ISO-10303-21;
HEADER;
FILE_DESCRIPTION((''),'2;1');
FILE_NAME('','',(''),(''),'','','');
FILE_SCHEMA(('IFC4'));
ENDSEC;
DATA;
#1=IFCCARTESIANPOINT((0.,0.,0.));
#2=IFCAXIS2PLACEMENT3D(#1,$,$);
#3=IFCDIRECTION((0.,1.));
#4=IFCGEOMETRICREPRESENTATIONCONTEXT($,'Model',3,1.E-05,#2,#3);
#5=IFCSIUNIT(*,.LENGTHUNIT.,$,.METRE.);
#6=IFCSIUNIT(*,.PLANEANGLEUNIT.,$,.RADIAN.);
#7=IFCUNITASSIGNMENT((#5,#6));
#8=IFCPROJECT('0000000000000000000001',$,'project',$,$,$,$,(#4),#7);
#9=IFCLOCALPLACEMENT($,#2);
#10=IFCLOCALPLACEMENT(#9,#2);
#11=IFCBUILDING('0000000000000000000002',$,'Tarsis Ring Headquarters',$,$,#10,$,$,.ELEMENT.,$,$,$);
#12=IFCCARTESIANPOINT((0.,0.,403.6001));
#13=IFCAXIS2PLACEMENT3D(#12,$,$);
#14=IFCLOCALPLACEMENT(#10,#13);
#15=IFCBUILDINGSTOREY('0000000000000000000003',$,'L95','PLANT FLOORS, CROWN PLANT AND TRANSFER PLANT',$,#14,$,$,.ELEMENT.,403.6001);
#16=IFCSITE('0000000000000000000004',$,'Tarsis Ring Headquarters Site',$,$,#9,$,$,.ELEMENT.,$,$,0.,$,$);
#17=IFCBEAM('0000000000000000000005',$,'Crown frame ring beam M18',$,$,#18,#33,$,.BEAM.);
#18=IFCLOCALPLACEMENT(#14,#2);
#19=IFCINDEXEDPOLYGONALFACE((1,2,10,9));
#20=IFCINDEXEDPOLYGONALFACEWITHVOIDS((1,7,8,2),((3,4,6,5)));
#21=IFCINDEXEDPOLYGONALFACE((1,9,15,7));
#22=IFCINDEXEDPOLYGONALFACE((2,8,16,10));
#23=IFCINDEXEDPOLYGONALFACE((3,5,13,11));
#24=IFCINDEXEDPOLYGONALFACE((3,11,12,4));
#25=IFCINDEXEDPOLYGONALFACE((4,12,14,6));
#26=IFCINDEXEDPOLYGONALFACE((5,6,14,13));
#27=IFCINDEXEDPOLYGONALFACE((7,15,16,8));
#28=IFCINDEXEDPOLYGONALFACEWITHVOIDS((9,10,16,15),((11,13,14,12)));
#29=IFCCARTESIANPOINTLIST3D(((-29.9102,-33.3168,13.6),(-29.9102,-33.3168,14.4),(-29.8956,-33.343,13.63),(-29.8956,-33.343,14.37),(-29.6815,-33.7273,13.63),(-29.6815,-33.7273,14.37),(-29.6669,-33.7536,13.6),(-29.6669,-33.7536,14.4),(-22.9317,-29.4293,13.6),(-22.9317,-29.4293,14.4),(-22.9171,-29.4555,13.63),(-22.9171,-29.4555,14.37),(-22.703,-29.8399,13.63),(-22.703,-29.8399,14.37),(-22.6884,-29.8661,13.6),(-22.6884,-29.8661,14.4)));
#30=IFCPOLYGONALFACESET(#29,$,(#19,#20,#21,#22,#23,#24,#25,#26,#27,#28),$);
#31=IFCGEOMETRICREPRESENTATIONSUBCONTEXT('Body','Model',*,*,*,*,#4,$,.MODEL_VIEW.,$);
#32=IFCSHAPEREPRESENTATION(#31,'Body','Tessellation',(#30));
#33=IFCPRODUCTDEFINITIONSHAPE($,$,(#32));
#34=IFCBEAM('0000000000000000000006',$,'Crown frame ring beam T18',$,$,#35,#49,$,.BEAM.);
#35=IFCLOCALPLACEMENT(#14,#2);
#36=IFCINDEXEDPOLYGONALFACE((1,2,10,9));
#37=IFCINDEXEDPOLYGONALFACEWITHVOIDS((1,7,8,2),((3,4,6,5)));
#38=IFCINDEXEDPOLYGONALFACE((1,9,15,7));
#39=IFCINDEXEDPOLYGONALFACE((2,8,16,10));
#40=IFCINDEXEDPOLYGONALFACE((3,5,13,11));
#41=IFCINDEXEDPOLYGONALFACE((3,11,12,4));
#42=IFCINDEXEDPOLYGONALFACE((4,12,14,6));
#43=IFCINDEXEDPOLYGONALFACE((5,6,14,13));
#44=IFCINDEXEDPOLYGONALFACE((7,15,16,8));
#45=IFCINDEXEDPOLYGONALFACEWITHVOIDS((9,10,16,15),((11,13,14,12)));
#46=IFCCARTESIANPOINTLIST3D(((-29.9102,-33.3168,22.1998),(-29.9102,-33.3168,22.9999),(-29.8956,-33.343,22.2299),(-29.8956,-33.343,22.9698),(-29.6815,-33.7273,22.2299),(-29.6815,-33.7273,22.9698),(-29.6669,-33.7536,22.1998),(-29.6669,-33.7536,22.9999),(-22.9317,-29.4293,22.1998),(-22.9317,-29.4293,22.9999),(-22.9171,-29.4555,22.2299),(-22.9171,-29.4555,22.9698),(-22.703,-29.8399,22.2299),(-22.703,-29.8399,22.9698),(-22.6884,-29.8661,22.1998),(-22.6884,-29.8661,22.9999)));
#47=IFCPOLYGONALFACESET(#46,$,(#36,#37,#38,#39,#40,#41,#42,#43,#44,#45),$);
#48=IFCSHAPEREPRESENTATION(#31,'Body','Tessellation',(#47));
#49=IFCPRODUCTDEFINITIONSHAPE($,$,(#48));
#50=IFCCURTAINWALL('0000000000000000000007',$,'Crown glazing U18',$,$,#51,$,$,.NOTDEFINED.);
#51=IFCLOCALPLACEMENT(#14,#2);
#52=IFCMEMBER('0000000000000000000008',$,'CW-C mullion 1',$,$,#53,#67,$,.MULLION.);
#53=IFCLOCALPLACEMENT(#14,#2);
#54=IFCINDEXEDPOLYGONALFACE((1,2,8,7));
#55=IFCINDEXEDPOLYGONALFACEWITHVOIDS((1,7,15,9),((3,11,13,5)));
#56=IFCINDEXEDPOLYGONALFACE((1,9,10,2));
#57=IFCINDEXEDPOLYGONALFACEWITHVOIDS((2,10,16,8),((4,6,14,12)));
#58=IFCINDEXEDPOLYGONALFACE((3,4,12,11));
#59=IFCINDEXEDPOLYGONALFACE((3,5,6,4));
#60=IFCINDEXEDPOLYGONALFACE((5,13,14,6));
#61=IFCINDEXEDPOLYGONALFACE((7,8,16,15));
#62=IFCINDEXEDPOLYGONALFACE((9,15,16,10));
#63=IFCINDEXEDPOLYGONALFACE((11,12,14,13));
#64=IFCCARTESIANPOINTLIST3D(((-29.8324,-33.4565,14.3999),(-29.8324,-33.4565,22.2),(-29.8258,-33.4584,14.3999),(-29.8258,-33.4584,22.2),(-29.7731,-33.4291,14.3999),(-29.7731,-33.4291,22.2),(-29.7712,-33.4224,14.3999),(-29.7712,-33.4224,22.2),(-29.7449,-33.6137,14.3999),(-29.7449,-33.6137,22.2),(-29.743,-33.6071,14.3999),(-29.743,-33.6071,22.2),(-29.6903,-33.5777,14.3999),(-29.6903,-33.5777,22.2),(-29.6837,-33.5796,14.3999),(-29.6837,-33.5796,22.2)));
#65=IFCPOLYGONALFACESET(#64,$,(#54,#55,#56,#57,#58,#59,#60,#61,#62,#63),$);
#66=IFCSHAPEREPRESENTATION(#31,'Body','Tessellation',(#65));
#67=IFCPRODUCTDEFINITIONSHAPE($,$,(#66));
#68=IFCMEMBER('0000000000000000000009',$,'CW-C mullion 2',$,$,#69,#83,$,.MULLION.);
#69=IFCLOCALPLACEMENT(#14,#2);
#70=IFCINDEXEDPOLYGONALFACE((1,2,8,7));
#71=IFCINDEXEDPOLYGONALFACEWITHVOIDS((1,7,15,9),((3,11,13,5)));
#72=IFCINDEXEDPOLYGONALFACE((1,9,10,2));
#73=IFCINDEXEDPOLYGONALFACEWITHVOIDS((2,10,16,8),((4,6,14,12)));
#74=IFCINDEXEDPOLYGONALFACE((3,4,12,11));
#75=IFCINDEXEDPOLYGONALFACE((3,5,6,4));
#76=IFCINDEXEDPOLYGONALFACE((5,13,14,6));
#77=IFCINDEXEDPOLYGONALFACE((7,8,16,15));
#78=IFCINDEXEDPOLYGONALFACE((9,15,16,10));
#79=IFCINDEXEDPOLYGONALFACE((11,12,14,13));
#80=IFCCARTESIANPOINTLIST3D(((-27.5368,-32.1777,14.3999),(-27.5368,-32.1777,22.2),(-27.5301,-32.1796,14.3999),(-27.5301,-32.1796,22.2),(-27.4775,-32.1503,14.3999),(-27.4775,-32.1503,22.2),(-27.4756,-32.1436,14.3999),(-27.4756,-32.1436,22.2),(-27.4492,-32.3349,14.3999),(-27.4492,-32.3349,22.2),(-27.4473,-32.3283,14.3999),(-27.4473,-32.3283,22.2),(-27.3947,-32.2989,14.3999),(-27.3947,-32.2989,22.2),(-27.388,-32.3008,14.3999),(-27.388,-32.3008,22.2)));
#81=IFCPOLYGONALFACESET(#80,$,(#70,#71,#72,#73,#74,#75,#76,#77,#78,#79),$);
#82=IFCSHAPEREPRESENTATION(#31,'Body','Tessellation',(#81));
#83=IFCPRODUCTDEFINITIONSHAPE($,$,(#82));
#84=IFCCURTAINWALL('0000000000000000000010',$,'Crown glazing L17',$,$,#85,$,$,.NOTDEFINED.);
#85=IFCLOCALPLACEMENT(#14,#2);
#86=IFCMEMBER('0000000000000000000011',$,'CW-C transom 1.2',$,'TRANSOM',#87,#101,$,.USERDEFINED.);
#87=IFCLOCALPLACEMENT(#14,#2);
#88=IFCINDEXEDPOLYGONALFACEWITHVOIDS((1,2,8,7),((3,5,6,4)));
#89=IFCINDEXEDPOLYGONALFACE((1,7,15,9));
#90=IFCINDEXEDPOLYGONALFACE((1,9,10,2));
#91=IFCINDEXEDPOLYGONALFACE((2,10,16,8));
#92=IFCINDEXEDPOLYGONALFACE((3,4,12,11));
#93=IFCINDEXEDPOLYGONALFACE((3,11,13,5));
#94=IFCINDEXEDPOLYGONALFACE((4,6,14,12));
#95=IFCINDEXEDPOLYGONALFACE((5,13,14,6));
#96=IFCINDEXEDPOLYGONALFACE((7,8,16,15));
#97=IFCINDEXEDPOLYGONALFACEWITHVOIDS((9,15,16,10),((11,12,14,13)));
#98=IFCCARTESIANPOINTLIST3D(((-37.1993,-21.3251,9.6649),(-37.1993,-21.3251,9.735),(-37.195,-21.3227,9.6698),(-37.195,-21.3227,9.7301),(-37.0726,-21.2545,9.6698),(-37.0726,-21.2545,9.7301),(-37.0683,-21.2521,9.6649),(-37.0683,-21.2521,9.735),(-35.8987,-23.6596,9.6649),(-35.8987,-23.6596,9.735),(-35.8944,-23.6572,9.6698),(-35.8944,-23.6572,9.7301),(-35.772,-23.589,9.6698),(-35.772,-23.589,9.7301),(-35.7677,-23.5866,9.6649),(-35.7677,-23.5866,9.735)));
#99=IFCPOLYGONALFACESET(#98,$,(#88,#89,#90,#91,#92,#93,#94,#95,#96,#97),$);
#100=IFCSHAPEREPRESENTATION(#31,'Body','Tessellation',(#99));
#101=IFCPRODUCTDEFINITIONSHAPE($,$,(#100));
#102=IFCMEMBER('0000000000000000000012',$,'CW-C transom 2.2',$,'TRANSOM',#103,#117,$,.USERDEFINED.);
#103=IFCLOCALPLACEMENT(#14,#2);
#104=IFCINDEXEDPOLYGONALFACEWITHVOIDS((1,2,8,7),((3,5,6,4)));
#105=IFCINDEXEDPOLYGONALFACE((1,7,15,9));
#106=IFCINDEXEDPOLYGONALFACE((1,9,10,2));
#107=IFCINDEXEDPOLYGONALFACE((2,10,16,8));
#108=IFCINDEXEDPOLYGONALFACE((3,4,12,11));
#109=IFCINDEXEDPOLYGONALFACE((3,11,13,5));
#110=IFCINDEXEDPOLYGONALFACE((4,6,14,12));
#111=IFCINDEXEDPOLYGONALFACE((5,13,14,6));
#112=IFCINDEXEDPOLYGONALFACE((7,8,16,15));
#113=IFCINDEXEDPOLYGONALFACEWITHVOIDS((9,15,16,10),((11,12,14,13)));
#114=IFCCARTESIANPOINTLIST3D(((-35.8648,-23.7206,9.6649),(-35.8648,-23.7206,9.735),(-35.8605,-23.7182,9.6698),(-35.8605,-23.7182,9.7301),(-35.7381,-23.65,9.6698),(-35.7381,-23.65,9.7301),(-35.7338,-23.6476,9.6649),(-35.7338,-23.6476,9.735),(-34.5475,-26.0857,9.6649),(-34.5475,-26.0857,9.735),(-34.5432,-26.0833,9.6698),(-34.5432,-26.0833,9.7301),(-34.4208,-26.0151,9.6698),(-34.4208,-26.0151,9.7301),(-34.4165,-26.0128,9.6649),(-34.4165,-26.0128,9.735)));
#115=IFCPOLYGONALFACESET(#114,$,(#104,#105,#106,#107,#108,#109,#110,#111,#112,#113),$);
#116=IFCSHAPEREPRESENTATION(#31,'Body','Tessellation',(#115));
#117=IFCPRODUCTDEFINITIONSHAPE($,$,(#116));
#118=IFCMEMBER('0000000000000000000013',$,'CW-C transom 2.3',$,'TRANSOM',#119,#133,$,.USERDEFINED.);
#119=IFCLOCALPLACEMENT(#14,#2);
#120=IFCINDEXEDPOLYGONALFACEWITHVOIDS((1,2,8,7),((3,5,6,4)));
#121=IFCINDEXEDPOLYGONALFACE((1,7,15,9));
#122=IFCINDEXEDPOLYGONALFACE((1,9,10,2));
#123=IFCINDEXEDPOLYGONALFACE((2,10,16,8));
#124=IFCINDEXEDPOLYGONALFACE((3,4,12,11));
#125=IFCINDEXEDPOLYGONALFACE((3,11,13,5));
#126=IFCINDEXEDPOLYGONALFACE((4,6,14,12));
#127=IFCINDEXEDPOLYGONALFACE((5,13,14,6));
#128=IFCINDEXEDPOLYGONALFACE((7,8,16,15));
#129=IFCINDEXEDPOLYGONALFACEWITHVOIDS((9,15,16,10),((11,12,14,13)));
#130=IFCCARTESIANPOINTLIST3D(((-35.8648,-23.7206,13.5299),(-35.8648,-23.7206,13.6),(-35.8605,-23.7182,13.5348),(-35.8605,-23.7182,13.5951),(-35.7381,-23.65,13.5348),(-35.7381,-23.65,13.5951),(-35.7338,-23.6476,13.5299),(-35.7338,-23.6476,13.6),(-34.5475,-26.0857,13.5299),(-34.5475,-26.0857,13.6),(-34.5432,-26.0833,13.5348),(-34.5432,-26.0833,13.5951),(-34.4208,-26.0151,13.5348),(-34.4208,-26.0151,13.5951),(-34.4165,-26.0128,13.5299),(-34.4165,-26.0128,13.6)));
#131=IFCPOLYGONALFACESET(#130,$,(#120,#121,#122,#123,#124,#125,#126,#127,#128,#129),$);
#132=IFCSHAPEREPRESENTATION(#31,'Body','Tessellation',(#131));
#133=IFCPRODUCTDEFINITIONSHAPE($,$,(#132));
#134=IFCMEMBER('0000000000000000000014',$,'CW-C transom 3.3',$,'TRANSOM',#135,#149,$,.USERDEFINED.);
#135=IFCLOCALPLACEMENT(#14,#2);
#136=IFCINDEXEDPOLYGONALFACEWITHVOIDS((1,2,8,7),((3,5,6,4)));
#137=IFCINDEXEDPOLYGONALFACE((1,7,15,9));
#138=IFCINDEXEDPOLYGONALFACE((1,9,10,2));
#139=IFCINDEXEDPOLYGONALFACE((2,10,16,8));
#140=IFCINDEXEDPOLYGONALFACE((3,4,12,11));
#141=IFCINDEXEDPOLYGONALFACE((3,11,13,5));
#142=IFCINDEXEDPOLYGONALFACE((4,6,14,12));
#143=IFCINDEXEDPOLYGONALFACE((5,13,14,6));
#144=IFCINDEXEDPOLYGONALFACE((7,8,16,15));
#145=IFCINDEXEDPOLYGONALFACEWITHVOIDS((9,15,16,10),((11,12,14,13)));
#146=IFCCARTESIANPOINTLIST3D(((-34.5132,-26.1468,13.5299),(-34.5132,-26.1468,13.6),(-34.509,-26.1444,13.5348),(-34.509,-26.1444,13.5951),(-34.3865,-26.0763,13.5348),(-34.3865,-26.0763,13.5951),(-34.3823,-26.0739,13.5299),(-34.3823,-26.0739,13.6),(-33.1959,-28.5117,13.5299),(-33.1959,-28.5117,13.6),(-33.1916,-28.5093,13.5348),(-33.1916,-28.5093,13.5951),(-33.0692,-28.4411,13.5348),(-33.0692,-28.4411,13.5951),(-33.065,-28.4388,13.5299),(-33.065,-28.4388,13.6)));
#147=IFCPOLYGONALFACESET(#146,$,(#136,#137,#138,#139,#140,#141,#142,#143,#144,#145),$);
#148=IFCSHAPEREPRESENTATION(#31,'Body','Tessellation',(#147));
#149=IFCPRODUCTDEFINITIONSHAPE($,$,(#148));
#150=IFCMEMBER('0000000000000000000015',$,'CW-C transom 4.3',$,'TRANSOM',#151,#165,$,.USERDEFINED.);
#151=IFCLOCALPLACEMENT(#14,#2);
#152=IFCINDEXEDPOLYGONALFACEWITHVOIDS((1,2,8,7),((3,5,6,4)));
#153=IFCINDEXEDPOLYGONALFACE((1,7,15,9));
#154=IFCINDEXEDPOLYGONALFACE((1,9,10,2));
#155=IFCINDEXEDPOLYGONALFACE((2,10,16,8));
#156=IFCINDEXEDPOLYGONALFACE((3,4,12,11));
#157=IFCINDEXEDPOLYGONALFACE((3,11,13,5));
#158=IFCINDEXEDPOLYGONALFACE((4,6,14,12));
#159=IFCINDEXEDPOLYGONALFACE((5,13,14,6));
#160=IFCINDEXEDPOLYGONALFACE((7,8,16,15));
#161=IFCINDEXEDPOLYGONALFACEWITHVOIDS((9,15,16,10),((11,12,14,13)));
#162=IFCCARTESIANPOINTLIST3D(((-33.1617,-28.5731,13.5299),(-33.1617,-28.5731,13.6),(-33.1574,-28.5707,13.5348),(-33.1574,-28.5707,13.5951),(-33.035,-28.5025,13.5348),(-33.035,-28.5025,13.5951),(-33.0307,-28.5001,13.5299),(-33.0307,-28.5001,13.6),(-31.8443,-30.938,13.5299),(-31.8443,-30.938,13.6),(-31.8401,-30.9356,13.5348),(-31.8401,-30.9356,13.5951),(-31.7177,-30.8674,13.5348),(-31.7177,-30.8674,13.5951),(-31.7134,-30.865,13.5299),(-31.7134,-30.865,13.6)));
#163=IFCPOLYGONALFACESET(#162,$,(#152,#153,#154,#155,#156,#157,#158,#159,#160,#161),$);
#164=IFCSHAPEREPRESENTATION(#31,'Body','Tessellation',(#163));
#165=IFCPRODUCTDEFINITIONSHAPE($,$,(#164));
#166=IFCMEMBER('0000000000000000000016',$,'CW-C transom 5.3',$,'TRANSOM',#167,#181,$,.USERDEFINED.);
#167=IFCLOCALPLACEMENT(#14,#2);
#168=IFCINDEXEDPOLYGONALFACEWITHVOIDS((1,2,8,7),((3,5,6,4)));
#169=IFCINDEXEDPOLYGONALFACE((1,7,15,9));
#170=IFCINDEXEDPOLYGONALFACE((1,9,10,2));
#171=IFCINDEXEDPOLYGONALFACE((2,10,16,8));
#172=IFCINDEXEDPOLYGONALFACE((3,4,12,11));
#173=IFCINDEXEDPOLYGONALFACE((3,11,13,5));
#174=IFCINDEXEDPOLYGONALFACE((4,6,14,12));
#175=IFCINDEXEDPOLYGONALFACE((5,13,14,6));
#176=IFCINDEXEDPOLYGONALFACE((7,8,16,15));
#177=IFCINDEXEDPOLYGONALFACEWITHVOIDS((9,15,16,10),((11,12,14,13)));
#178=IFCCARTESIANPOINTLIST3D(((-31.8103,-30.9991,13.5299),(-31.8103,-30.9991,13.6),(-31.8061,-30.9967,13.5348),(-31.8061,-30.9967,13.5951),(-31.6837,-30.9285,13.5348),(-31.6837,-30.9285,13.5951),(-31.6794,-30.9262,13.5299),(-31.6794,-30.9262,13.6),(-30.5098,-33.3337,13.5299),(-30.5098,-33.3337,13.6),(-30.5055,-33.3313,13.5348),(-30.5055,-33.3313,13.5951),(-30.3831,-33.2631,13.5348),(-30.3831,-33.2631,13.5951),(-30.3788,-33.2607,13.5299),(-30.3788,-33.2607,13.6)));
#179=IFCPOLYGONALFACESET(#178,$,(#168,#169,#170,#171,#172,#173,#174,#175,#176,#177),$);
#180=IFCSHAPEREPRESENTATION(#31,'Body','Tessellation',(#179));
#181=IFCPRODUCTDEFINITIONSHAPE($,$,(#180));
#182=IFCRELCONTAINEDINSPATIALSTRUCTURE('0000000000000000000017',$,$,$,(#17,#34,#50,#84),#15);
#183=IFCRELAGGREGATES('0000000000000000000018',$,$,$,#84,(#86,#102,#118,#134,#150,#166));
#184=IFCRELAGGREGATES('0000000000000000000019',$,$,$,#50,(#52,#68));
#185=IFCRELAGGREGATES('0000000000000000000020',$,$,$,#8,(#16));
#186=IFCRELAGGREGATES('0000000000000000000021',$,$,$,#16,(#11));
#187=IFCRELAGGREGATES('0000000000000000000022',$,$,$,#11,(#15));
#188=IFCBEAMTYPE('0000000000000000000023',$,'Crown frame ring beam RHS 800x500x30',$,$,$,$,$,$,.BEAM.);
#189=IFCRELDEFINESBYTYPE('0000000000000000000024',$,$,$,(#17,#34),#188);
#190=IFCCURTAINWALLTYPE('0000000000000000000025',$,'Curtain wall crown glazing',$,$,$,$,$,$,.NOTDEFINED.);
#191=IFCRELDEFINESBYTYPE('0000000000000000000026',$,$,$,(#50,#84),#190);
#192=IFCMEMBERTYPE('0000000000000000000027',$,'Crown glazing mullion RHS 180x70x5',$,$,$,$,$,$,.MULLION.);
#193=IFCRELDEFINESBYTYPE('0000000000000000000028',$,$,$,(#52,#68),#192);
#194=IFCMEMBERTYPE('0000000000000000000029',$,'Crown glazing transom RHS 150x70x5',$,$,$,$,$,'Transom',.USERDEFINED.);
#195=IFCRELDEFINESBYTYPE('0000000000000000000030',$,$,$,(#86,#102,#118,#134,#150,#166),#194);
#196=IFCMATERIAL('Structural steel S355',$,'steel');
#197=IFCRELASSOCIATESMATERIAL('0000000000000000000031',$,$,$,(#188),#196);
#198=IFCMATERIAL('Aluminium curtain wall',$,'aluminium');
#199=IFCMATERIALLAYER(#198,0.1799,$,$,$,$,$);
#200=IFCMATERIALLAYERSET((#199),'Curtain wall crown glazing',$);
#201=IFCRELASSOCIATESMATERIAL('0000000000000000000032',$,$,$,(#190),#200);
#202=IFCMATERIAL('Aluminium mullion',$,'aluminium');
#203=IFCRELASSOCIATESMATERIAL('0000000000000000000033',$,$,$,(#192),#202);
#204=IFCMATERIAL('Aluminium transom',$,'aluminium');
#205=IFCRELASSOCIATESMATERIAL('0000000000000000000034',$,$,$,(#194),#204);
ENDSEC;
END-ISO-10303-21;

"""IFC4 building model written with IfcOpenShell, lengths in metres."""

from ifc_helpers import new_model, si_unit, direction, frame, origin, origin_2d, place, context, subcontext, project, spatial, hollow_rectangle, extrude, material, layer, layer_set, material_profile, profile_set, type_object, element, aggregate, save


model = new_model("IFC4")

# Units and contexts
model_context = context("Model", 3, precision=1e-05, world=origin(), true_north=direction((0.0, 1.0)))
body_context = subcontext(model_context, "Body", "Model", "MODEL_VIEW")
ifc_project = project(units=[si_unit("LENGTHUNIT", "METRE"), si_unit("PLANEANGLEUNIT", "RADIAN")], contexts=[model_context])

# Site, building, storey
site_placement = place(None, origin())
site = spatial("IfcSite", under=ifc_project, at=site_placement, Name="Tarsis Ring Headquarters Site", CompositionType="ELEMENT", RefElevation=0.0)
building_placement = place(site_placement, origin())
building = spatial("IfcBuilding", under=site, at=building_placement, Name="Tarsis Ring Headquarters", CompositionType="ELEMENT")
storey_placement = place(building_placement, frame((0.0, 0.0, 403.6001)))
storey = spatial("IfcBuildingStorey", under=building, at=storey_placement, Name="L95", Description="PLANT FLOORS, CROWN PLANT AND TRANSFER PLANT", CompositionType="ELEMENT", Elevation=403.6001)

# Beams
ifc_material_1 = material(Name="Structural steel S355", Category="steel")
ifc_material_profile_1 = material_profile(ifc_material_1, hollow_rectangle(XDim=0.5, YDim=0.8, WallThickness=0.03, at=origin_2d()), Name="RHS 800x500x30")
ifc_profile_set_1 = profile_set([ifc_material_profile_1], Name="Structural steel S355")
beam_type = type_object("IfcBeamType", Name="Crown frame ring beam RHS 800x500x30", PredefinedType="BEAM", material=ifc_profile_set_1)
for number, where, z_axis, x_axis, name in (
    (1, (-29.7886, -33.5352, 14.0), (0.873599, 0.486647, 0.0), (-0.486647, 0.873599, 0.0), "Crown frame ring beam M18"),
    (2, (-29.7886, -33.5352, 22.5999), (0.873599, 0.486647, 0.0), (-0.486647, 0.873599, 0.0), "Crown frame ring beam T18"),
):
    element("IfcBeam", number, at=place(storey_placement, frame(where, z_axis=z_axis, x_axis=x_axis)), inside=storey, type_object=beam_type, Name=name, PredefinedType="BEAM", context=body_context, shape_type="SweptSolid", body=[
        extrude(hollow_rectangle(XDim=0.5, YDim=0.8, WallThickness=0.03, at=origin_2d()), origin(), (0.0, 0.0, 1.0), 7.9883),
    ])

# Curtain walls, members
ifc_material_2 = material(Name="Aluminium curtain wall", Category="aluminium")
ifc_layer_1 = layer(ifc_material_2, 0.1799)
ifc_layer_set_1 = layer_set([ifc_layer_1], Name="Curtain wall crown glazing")
curtain_wall_type = type_object("IfcCurtainWallType", Name="Curtain wall crown glazing", PredefinedType="NOTDEFINED", material=ifc_layer_set_1)
curtain_wall_1_placement = place(storey_placement, origin())
curtain_wall_1 = element("IfcCurtainWall", 3, at=curtain_wall_1_placement, inside=storey, type_object=curtain_wall_type, Name="Crown glazing U18", PredefinedType="NOTDEFINED")
ifc_material_3 = material(Name="Aluminium mullion", Category="aluminium")
ifc_material_profile_2 = material_profile(ifc_material_3, hollow_rectangle(XDim=0.1799, YDim=0.0701, WallThickness=0.0049, at=origin_2d()), Name="RHS 180x70x5")
ifc_profile_set_2 = profile_set([ifc_material_profile_2], Name="Aluminium mullion")
member_type_1 = type_object("IfcMemberType", Name="Crown glazing mullion RHS 180x70x5", PredefinedType="MULLION", material=ifc_profile_set_2)
member_1_placement = place(storey_placement, frame((-29.7581, -33.5181, 14.3999), z_axis=(0.0, 0.0, 1.0), x_axis=(-0.48664, 0.873602, 0.0)))
member_1 = element("IfcMember", 4, at=member_1_placement, type_object=member_type_1, Name="CW-C mullion 1", PredefinedType="MULLION", context=body_context, shape_type="SweptSolid", body=[
    extrude(hollow_rectangle(XDim=0.1799, YDim=0.0701, WallThickness=0.0049, at=origin_2d()), origin(), (0.0, 0.0, 1.0), 7.8),
])
member_2_placement = place(storey_placement, frame((-27.4624, -32.2393, 14.3999), z_axis=(0.0, 0.0, 1.0), x_axis=(-0.48664, 0.873602, 0.0)))
member_2 = element("IfcMember", 5, at=member_2_placement, type_object=member_type_1, Name="CW-C mullion 2", PredefinedType="MULLION", context=body_context, shape_type="SweptSolid", body=[
    extrude(hollow_rectangle(XDim=0.1799, YDim=0.0701, WallThickness=0.0049, at=origin_2d()), origin(), (0.0, 0.0, 1.0), 7.8),
])
curtain_wall_2_placement = place(storey_placement, origin())
curtain_wall_2 = element("IfcCurtainWall", 6, at=curtain_wall_2_placement, inside=storey, type_object=curtain_wall_type, Name="Crown glazing L17", PredefinedType="NOTDEFINED")
ifc_material_4 = material(Name="Aluminium transom", Category="aluminium")
ifc_material_profile_3 = material_profile(ifc_material_4, hollow_rectangle(XDim=0.1499, YDim=0.0701, WallThickness=0.0049, at=origin_2d()), Name="RHS 150x70x5")
ifc_profile_set_3 = profile_set([ifc_material_profile_3], Name="Aluminium transom")
member_type_2 = type_object("IfcMemberType", Name="Crown glazing transom RHS 150x70x5", ElementType="Transom", PredefinedType="USERDEFINED", material=ifc_profile_set_3)
member_3_placement = place(storey_placement, frame((-37.1338, -21.2886, 9.7), z_axis=(0.486674, -0.873584, 0.0), x_axis=(0.873584, 0.486674, 0.0)))
member_3 = element("IfcMember", 7, at=member_3_placement, type_object=member_type_2, Name="CW-C transom 1.2", ObjectType="TRANSOM", PredefinedType="USERDEFINED", context=body_context, shape_type="SweptSolid", body=[
    extrude(hollow_rectangle(XDim=0.1499, YDim=0.0701, WallThickness=0.0049, at=origin_2d()), origin(), (0.0, 0.0, 1.0), 2.6724),
])
member_4_placement = place(storey_placement, frame((-35.7993, -23.6841, 9.7), z_axis=(0.486592, -0.873629, 0.0), x_axis=(0.873629, 0.486592, 0.0)))
member_4 = element("IfcMember", 8, at=member_4_placement, type_object=member_type_2, Name="CW-C transom 2.2", ObjectType="TRANSOM", PredefinedType="USERDEFINED", context=body_context, shape_type="SweptSolid", body=[
    extrude(hollow_rectangle(XDim=0.1499, YDim=0.0701, WallThickness=0.0049, at=origin_2d()), origin(), (0.0, 0.0, 1.0), 2.7073),
])
member_5_placement = place(storey_placement, frame((-35.7993, -23.6841, 13.5649), z_axis=(0.486592, -0.873629, 0.0), x_axis=(0.873629, 0.486592, 0.0)))
member_5 = element("IfcMember", 9, at=member_5_placement, type_object=member_type_2, Name="CW-C transom 2.3", ObjectType="TRANSOM", PredefinedType="USERDEFINED", context=body_context, shape_type="SweptSolid", body=[
    extrude(hollow_rectangle(XDim=0.1499, YDim=0.0701, WallThickness=0.0049, at=origin_2d()), origin(), (0.0, 0.0, 1.0), 2.7073),
])
member_6_placement = place(storey_placement, frame((-34.4478, -26.1104, 13.5649), z_axis=(0.48663, -0.873608, 0.0), x_axis=(0.873608, 0.48663, 0.0)))
member_6 = element("IfcMember", 10, at=member_6_placement, type_object=member_type_2, Name="CW-C transom 3.3", ObjectType="TRANSOM", PredefinedType="USERDEFINED", context=body_context, shape_type="SweptSolid", body=[
    extrude(hollow_rectangle(XDim=0.1499, YDim=0.0701, WallThickness=0.0049, at=origin_2d()), origin(), (0.0, 0.0, 1.0), 2.707),
])
member_7_placement = place(storey_placement, frame((-33.0962, -28.5366, 13.5649), z_axis=(0.48663, -0.873608, 0.0), x_axis=(0.873608, 0.48663, 0.0)))
member_7 = element("IfcMember", 11, at=member_7_placement, type_object=member_type_2, Name="CW-C transom 4.3", ObjectType="TRANSOM", PredefinedType="USERDEFINED", context=body_context, shape_type="SweptSolid", body=[
    extrude(hollow_rectangle(XDim=0.1499, YDim=0.0701, WallThickness=0.0049, at=origin_2d()), origin(), (0.0, 0.0, 1.0), 2.707),
])
member_8_placement = place(storey_placement, frame((-31.7449, -30.9626, 13.5649), z_axis=(0.486674, -0.873584, 0.0), x_axis=(0.873584, 0.486674, 0.0)))
member_8 = element("IfcMember", 12, at=member_8_placement, type_object=member_type_2, Name="CW-C transom 5.3", ObjectType="TRANSOM", PredefinedType="USERDEFINED", context=body_context, shape_type="SweptSolid", body=[
    extrude(hollow_rectangle(XDim=0.1499, YDim=0.0701, WallThickness=0.0049, at=origin_2d()), origin(), (0.0, 0.0, 1.0), 2.6724),
])

aggregate(curtain_wall_2, [member_3, member_4, member_5, member_6, member_7, member_8])
aggregate(curtain_wall_1, [member_1, member_2])

save(model, "model.ifc")
